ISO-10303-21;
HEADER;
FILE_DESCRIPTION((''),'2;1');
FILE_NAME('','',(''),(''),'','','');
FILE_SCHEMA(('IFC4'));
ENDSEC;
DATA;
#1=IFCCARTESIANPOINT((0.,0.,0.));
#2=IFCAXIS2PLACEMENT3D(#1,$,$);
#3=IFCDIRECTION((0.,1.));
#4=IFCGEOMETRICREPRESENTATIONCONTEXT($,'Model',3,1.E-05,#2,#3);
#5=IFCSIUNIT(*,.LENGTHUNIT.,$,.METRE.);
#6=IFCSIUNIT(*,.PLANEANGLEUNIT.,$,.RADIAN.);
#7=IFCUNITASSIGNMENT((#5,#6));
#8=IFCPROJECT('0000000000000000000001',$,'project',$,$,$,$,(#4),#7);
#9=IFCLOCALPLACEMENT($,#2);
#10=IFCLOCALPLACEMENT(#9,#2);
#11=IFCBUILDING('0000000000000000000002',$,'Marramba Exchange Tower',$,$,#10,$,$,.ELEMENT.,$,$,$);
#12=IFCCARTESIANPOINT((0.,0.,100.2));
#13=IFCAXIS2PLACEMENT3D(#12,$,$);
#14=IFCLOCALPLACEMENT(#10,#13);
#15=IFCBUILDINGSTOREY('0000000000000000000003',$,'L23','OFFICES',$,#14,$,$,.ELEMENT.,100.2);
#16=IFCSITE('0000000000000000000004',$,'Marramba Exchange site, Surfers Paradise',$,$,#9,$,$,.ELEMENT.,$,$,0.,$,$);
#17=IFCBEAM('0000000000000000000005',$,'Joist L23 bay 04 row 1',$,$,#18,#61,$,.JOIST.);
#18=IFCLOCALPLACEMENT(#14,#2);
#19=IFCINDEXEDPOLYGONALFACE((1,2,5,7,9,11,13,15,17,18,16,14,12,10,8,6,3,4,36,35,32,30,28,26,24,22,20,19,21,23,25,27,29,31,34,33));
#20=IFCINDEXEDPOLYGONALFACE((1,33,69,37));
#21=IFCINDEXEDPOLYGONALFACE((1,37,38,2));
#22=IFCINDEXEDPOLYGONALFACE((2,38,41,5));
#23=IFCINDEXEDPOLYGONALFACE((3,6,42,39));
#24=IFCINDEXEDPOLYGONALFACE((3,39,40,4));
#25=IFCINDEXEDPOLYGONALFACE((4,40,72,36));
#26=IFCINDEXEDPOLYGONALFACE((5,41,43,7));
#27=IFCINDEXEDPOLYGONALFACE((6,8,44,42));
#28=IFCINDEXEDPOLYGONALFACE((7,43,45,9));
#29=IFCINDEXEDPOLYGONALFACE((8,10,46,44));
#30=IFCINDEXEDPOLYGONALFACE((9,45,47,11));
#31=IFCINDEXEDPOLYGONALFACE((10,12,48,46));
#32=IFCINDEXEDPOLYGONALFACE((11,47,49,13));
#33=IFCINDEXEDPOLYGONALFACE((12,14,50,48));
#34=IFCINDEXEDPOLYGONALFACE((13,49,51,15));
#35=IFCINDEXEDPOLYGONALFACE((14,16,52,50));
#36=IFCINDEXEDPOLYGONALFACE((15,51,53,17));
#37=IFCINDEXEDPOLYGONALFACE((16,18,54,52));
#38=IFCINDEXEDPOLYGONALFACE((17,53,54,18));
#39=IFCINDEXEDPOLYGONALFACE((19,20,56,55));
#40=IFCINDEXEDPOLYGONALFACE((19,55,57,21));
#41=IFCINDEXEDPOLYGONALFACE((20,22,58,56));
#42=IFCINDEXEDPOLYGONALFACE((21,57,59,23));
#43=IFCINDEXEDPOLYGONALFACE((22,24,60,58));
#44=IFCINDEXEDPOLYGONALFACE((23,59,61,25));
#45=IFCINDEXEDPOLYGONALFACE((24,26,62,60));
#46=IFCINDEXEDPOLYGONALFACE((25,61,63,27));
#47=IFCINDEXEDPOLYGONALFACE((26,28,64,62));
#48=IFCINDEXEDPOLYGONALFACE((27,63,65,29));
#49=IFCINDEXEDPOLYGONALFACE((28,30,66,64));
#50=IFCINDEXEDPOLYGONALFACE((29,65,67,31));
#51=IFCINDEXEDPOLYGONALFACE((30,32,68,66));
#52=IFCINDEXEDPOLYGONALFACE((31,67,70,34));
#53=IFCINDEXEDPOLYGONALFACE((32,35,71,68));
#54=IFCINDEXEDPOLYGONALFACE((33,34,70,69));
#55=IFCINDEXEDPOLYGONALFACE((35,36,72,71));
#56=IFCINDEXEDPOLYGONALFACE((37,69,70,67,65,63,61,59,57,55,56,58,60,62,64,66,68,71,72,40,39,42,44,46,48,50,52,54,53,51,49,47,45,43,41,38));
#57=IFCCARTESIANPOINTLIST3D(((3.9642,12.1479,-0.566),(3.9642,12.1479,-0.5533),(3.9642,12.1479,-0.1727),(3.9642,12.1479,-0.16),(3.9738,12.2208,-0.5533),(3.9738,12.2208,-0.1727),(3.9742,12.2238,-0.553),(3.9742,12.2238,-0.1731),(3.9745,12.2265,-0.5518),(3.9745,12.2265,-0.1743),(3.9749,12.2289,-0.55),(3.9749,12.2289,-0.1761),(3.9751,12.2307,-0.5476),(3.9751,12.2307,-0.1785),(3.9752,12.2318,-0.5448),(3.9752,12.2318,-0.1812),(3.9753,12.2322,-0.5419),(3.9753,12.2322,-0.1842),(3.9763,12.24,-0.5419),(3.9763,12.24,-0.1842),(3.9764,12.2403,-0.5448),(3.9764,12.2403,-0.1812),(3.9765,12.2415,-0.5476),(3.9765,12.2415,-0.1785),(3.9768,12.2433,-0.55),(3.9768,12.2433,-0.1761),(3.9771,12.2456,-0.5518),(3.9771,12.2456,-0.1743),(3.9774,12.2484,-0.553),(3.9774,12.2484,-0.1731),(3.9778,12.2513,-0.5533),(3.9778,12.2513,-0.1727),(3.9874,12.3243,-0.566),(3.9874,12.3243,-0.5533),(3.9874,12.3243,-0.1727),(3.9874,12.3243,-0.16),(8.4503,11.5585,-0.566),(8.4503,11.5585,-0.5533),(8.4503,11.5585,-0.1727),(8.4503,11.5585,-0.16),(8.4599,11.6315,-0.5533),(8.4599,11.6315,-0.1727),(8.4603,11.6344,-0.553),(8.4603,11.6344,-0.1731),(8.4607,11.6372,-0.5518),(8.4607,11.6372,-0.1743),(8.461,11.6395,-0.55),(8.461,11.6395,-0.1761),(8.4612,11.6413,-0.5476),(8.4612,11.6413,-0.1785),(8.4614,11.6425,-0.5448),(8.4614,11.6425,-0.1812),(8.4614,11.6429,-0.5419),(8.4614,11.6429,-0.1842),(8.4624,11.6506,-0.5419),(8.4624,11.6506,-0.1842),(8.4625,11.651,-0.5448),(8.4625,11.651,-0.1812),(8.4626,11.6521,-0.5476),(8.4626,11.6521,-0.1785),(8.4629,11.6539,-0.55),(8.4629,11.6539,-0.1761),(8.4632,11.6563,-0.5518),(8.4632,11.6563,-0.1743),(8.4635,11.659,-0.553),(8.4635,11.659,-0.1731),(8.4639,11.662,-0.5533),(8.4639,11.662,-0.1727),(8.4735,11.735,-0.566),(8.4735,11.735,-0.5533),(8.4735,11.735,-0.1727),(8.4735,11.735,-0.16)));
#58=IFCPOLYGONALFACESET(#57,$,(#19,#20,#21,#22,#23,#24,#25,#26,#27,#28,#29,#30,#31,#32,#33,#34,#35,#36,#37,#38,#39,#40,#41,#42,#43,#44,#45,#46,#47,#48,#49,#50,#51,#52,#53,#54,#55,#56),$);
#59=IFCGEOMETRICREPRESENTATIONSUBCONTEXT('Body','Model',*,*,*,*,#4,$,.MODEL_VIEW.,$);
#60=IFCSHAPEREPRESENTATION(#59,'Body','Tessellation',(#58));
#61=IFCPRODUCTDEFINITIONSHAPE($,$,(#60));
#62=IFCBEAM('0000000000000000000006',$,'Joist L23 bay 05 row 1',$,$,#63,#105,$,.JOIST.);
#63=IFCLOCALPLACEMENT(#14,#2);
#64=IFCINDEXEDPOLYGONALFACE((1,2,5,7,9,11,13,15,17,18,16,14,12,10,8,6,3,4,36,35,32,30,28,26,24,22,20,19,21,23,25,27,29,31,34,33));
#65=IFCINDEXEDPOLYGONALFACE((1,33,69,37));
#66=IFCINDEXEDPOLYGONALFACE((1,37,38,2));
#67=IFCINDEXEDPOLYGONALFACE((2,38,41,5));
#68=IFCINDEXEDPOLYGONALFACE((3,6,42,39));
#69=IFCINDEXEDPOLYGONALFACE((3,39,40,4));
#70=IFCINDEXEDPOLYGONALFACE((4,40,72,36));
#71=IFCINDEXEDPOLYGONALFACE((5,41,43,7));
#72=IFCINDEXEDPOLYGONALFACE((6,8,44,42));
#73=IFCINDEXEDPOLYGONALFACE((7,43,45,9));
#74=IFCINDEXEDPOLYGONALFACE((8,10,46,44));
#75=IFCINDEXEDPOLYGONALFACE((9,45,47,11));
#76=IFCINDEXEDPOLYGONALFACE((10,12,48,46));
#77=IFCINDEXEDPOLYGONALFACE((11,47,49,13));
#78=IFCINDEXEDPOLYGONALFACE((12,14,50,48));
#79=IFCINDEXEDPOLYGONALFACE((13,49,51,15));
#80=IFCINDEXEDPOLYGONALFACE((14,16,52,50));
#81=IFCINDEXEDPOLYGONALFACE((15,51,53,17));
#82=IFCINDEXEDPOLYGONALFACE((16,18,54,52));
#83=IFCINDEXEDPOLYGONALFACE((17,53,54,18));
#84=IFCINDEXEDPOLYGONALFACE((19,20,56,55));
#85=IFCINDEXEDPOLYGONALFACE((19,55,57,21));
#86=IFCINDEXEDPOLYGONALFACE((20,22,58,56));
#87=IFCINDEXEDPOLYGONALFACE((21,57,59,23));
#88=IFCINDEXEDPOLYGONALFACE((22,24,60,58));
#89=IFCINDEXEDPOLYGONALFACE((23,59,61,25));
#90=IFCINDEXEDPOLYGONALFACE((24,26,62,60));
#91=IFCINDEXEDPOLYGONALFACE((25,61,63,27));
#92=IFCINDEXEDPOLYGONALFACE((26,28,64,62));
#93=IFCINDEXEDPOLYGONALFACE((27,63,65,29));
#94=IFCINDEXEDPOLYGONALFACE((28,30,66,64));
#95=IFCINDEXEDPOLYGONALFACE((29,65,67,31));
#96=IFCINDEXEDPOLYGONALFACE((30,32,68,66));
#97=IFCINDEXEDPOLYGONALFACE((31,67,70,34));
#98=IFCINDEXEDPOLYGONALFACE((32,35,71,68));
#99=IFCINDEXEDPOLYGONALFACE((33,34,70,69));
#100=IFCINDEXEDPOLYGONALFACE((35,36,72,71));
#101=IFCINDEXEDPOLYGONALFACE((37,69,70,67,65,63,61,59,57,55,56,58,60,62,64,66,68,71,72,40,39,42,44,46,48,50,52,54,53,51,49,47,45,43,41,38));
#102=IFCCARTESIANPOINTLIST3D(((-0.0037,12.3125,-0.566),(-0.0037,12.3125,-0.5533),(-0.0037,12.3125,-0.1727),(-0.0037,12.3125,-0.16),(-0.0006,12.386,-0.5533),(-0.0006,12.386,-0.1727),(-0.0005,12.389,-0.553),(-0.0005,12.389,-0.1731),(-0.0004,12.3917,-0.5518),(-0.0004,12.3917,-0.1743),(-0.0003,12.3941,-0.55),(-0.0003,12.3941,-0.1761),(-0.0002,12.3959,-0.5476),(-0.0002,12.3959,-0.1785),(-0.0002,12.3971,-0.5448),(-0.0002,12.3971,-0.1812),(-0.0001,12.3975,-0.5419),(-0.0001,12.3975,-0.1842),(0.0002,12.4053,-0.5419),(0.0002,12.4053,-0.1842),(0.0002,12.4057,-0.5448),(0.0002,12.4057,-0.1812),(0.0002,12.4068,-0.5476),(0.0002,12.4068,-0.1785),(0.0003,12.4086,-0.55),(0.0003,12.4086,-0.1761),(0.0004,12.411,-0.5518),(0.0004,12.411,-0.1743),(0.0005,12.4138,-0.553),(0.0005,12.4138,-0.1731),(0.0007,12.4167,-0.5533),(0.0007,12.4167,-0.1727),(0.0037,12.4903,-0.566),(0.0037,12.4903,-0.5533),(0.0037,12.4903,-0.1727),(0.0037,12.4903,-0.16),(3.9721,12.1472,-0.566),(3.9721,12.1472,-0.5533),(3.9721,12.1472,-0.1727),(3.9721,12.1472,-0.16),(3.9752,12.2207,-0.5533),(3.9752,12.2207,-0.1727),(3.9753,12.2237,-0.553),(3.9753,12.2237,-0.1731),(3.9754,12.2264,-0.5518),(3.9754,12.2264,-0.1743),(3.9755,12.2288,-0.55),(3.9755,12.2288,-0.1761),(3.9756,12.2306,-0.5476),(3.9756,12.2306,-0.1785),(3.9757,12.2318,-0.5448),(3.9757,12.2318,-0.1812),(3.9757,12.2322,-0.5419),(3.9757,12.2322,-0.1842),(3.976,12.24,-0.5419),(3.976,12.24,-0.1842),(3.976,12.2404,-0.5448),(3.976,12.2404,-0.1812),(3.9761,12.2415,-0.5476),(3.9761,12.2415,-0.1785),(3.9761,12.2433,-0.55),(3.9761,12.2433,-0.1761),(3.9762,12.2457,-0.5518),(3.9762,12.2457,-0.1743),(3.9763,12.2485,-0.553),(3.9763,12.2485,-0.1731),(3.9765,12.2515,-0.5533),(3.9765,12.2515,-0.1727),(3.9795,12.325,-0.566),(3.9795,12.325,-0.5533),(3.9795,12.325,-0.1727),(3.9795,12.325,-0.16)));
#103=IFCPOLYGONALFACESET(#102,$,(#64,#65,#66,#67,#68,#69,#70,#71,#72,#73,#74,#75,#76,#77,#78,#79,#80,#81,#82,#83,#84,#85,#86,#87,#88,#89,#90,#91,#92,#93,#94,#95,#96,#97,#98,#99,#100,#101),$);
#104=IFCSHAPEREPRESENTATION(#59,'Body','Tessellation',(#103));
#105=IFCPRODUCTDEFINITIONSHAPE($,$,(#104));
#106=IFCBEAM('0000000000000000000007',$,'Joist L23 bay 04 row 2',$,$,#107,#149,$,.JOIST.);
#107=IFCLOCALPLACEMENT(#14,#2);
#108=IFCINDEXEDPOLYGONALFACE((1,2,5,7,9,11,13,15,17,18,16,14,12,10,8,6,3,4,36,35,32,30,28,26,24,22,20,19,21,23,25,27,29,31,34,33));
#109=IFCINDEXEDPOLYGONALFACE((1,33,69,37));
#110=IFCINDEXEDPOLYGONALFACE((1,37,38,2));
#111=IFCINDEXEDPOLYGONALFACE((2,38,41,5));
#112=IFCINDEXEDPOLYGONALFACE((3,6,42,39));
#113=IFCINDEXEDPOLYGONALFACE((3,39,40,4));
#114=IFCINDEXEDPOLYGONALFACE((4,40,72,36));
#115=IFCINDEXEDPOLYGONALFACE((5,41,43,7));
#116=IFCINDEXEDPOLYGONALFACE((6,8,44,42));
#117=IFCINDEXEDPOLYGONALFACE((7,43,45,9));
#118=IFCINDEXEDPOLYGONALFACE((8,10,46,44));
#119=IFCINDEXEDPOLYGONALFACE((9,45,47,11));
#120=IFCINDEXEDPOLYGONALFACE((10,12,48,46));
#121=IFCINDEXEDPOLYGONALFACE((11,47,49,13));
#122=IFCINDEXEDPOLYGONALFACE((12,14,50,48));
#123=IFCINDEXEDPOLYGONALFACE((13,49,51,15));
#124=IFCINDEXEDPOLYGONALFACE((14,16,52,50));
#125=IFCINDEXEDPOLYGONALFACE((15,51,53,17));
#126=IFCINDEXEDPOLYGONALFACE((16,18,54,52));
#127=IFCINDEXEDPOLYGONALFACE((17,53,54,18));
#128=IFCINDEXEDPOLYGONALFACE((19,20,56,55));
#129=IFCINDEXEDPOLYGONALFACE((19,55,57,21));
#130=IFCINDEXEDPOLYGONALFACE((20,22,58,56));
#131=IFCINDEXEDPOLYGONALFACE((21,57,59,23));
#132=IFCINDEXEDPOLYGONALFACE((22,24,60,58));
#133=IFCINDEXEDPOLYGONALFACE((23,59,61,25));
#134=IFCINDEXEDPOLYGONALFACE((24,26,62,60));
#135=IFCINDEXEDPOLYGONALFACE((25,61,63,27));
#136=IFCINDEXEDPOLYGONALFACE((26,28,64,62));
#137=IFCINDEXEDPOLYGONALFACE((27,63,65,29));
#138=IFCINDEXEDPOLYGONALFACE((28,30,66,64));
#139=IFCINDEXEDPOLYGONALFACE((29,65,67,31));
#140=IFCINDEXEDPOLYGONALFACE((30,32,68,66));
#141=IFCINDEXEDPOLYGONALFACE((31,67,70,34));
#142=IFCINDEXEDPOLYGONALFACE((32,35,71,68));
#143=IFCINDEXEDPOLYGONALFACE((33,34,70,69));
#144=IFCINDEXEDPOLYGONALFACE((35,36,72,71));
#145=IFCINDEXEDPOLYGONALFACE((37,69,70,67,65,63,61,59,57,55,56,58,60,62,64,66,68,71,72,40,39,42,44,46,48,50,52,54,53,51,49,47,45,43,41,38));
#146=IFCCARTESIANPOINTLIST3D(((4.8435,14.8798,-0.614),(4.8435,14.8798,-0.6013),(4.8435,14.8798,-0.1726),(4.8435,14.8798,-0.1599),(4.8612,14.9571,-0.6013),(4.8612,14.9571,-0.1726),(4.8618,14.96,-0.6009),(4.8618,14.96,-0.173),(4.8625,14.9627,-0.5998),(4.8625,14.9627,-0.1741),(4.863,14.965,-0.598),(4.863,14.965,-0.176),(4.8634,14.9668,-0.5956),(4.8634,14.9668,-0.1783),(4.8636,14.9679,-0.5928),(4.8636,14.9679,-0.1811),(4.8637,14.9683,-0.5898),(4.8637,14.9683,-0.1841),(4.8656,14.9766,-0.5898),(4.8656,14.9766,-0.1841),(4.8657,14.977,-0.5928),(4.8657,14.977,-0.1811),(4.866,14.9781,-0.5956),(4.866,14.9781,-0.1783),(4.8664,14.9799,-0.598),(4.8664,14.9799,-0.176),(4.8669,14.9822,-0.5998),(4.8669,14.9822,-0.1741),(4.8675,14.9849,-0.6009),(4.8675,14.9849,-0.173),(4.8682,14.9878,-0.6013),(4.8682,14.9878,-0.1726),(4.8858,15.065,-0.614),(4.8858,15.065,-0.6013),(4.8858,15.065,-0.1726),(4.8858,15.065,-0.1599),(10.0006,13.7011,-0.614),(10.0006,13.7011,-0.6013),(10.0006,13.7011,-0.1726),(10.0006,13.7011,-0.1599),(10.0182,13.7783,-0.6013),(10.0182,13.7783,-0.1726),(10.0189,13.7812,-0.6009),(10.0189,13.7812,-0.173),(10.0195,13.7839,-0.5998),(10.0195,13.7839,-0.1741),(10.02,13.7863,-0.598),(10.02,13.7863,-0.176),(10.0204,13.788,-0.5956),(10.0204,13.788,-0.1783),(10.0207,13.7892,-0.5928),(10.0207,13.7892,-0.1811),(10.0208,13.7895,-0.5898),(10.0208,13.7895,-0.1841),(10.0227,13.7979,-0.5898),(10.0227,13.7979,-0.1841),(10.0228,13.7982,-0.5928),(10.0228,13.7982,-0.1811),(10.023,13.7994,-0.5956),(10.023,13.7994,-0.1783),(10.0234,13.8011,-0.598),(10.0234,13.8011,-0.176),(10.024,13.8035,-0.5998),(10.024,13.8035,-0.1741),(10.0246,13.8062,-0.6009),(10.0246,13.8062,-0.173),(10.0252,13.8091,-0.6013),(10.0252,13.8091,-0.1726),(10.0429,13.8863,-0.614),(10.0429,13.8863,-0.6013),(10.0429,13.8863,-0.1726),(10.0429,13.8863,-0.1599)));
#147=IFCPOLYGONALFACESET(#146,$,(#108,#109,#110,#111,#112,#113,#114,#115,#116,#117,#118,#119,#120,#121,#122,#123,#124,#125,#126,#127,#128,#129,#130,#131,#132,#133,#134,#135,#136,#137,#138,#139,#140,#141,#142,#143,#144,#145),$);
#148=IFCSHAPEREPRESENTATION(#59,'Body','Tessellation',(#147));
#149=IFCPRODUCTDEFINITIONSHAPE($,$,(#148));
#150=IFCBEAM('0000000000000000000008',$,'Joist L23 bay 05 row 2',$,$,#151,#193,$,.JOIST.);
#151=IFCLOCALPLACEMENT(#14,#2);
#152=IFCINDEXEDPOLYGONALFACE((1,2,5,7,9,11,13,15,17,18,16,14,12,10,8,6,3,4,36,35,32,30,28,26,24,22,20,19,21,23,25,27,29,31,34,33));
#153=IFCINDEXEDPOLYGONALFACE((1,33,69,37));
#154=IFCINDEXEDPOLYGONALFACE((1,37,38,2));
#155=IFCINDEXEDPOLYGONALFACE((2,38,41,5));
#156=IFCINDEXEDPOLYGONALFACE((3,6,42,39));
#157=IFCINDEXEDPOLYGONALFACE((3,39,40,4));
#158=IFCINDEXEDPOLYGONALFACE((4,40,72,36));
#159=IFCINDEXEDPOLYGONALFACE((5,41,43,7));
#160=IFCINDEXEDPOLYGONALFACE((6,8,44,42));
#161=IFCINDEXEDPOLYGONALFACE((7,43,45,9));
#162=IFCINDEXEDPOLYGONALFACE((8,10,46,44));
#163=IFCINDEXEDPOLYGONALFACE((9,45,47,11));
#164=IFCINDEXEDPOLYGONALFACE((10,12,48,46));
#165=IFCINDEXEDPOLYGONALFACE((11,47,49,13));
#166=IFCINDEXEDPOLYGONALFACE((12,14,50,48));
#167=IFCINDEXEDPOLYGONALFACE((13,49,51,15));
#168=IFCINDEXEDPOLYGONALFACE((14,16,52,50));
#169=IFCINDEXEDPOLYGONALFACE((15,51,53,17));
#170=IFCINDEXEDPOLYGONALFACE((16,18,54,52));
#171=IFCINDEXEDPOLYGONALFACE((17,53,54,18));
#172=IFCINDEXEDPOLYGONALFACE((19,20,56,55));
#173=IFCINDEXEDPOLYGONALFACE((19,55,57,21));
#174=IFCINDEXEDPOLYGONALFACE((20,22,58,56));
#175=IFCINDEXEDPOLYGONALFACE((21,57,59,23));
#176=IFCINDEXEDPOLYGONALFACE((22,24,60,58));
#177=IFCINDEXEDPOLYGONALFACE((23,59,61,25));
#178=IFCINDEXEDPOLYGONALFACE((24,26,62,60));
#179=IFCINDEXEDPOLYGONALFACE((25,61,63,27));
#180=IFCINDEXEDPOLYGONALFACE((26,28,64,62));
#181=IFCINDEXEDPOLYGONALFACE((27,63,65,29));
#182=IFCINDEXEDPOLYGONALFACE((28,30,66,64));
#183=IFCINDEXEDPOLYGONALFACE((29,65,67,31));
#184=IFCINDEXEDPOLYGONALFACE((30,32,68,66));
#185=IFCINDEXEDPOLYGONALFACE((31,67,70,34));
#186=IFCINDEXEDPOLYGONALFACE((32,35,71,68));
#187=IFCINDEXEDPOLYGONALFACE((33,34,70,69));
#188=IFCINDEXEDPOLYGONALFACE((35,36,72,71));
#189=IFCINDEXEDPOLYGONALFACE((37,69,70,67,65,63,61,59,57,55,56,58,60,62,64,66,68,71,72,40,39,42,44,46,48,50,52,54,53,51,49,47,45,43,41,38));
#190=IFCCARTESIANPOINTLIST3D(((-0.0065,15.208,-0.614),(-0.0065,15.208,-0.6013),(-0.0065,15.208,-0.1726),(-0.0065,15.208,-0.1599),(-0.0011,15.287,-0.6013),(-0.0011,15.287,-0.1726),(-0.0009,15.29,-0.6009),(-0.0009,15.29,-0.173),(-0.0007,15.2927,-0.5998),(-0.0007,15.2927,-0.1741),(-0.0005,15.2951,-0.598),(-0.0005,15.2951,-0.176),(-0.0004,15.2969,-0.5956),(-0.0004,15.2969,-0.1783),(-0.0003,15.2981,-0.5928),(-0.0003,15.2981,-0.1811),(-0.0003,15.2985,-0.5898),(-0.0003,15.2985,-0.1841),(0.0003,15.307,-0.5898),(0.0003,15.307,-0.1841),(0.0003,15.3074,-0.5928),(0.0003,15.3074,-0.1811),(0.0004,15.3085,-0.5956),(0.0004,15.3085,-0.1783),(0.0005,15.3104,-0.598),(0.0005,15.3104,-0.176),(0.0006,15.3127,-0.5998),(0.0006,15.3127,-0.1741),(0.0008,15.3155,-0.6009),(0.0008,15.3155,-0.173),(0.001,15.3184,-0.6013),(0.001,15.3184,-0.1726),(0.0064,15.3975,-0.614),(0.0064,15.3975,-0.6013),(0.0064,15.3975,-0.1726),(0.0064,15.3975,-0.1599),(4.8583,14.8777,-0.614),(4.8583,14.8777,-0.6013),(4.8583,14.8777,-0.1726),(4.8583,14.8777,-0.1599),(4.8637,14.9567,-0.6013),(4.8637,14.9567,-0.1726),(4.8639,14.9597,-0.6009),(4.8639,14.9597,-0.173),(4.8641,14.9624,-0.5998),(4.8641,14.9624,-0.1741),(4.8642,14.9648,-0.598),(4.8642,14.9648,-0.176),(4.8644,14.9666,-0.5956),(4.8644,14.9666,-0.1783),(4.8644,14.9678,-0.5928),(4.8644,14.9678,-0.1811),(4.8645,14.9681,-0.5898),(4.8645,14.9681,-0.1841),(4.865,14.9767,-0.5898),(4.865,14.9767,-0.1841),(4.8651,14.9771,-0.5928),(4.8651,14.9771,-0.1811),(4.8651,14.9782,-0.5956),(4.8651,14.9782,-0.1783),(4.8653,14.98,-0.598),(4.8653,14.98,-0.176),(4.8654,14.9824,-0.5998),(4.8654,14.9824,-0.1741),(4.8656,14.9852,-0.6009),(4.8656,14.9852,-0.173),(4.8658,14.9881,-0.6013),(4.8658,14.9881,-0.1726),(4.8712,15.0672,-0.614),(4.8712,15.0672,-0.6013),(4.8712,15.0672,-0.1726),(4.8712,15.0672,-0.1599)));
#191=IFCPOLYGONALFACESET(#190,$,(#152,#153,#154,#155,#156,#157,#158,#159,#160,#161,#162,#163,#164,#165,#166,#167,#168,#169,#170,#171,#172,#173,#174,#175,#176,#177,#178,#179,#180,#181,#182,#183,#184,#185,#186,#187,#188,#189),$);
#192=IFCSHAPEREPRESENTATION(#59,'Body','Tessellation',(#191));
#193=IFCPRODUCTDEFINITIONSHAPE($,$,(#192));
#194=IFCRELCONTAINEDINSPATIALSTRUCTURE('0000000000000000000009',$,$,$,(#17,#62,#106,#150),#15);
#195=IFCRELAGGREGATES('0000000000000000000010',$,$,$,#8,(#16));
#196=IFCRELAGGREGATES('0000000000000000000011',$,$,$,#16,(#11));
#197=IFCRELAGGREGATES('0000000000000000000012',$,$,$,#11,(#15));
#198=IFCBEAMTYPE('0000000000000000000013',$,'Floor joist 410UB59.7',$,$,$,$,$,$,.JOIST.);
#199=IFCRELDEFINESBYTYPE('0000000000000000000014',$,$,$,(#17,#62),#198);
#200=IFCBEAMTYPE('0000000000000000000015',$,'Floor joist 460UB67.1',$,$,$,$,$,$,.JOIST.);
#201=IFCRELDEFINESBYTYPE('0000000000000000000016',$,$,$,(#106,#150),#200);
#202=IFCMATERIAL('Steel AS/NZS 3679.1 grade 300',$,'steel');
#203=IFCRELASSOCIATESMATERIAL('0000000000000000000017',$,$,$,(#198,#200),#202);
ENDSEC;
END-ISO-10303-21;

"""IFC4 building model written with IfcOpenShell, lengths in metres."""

from ifc_helpers import new_model, si_unit, direction, frame, origin, origin_2d, place, context, subcontext, project, spatial, i_section, extrude, material, material_profile, profile_set, type_object, element, save


model = new_model("IFC4")

# Units and contexts
model_context = context("Model", 3, precision=1e-05, world=origin(), true_north=direction((0.0, 1.0)))
body_context = subcontext(model_context, "Body", "Model", "MODEL_VIEW")
ifc_project = project(units=[si_unit("LENGTHUNIT", "METRE"), si_unit("PLANEANGLEUNIT", "RADIAN")], contexts=[model_context])

# Site, building, storey
site_placement = place(None, origin())
site = spatial("IfcSite", under=ifc_project, at=site_placement, Name="Marramba Exchange site, Surfers Paradise", CompositionType="ELEMENT", RefElevation=0.0)
building_placement = place(site_placement, origin())
building = spatial("IfcBuilding", under=site, at=building_placement, Name="Marramba Exchange Tower", CompositionType="ELEMENT")
storey_placement = place(building_placement, frame((0.0, 0.0, 100.2)))
storey = spatial("IfcBuildingStorey", under=building, at=storey_placement, Name="L23", Description="OFFICES", CompositionType="ELEMENT", Elevation=100.2)

# Beams
ifc_material_1 = material(Name="Steel AS/NZS 3679.1 grade 300", Category="steel")
ifc_material_profile_1 = material_profile(ifc_material_1, i_section(OverallWidth=0.178, OverallDepth=0.406, WebThickness=0.0078, FlangeThickness=0.0127, FilletRadius=0.0115, at=origin_2d()), Name="410UB59.7")
ifc_profile_set_1 = profile_set([ifc_material_profile_1], Name="Steel AS/NZS 3679.1 grade 300")
beam_type_1 = type_object("IfcBeamType", Name="Floor joist 410UB59.7", PredefinedType="JOIST", material=ifc_profile_set_1)
beam_1_placement = place(storey_placement, frame((8.4619, 11.6467, -0.363), z_axis=(-0.991481, 0.130255, 0.0), x_axis=(-0.130255, -0.991481, 0.0)))
element("IfcBeam", 1, at=beam_1_placement, inside=storey, type_object=beam_type_1, Name="Joist L23 bay 04 row 1", PredefinedType="JOIST", context=body_context, shape_type="SweptSolid", body=[
    extrude(i_section(OverallWidth=0.178, OverallDepth=0.406, WebThickness=0.0078, FlangeThickness=0.0127, FilletRadius=0.0115, at=origin_2d()), origin(), (0.0, 0.0, 1.0), 4.5247),
])
beam_2_placement = place(storey_placement, frame((3.9758, 12.2361, -0.363), z_axis=(-0.999137, 0.041536, 0.0), x_axis=(-0.041536, -0.999137, 0.0)))
element("IfcBeam", 2, at=beam_2_placement, inside=storey, type_object=beam_type_1, Name="Joist L23 bay 05 row 1", PredefinedType="JOIST", context=body_context, shape_type="SweptSolid", body=[
    extrude(i_section(OverallWidth=0.178, OverallDepth=0.406, WebThickness=0.0078, FlangeThickness=0.0127, FilletRadius=0.0115, at=origin_2d()), origin(), (0.0, 0.0, 1.0), 3.9792),
])
ifc_material_profile_2 = material_profile(ifc_material_1, i_section(OverallWidth=0.1899, OverallDepth=0.4541, WebThickness=0.0085, FlangeThickness=0.0127, FilletRadius=0.0115, at=origin_2d()), Name="460UB67.1")
ifc_profile_set_2 = profile_set([ifc_material_profile_2], Name="Steel AS/NZS 3679.1 grade 300")
beam_type_2 = type_object("IfcBeamType", Name="Floor joist 460UB67.1", PredefinedType="JOIST", material=ifc_profile_set_2)
beam_3_placement = place(storey_placement, frame((10.0217, 13.7937, -0.387), z_axis=(-0.97486, 0.22282, 0.0), x_axis=(-0.22282, -0.97486, 0.0)))
element("IfcBeam", 3, at=beam_3_placement, inside=storey, type_object=beam_type_2, Name="Joist L23 bay 04 row 2", PredefinedType="JOIST", context=body_context, shape_type="SweptSolid", body=[
    extrude(i_section(OverallWidth=0.1899, OverallDepth=0.4541, WebThickness=0.0085, FlangeThickness=0.0127, FilletRadius=0.0115, at=origin_2d()), origin(), (0.0, 0.0, 1.0), 5.29),
])
beam_4_placement = place(storey_placement, frame((4.8647, 14.9724, -0.387), z_axis=(-0.997703, 0.067745, 0.0), x_axis=(-0.067745, -0.997703, 0.0)))
element("IfcBeam", 4, at=beam_4_placement, inside=storey, type_object=beam_type_2, Name="Joist L23 bay 05 row 2", PredefinedType="JOIST", context=body_context, shape_type="SweptSolid", body=[
    extrude(i_section(OverallWidth=0.1899, OverallDepth=0.4541, WebThickness=0.0085, FlangeThickness=0.0127, FilletRadius=0.0115, at=origin_2d()), origin(), (0.0, 0.0, 1.0), 4.876),
])

save(model, "model.ifc")
